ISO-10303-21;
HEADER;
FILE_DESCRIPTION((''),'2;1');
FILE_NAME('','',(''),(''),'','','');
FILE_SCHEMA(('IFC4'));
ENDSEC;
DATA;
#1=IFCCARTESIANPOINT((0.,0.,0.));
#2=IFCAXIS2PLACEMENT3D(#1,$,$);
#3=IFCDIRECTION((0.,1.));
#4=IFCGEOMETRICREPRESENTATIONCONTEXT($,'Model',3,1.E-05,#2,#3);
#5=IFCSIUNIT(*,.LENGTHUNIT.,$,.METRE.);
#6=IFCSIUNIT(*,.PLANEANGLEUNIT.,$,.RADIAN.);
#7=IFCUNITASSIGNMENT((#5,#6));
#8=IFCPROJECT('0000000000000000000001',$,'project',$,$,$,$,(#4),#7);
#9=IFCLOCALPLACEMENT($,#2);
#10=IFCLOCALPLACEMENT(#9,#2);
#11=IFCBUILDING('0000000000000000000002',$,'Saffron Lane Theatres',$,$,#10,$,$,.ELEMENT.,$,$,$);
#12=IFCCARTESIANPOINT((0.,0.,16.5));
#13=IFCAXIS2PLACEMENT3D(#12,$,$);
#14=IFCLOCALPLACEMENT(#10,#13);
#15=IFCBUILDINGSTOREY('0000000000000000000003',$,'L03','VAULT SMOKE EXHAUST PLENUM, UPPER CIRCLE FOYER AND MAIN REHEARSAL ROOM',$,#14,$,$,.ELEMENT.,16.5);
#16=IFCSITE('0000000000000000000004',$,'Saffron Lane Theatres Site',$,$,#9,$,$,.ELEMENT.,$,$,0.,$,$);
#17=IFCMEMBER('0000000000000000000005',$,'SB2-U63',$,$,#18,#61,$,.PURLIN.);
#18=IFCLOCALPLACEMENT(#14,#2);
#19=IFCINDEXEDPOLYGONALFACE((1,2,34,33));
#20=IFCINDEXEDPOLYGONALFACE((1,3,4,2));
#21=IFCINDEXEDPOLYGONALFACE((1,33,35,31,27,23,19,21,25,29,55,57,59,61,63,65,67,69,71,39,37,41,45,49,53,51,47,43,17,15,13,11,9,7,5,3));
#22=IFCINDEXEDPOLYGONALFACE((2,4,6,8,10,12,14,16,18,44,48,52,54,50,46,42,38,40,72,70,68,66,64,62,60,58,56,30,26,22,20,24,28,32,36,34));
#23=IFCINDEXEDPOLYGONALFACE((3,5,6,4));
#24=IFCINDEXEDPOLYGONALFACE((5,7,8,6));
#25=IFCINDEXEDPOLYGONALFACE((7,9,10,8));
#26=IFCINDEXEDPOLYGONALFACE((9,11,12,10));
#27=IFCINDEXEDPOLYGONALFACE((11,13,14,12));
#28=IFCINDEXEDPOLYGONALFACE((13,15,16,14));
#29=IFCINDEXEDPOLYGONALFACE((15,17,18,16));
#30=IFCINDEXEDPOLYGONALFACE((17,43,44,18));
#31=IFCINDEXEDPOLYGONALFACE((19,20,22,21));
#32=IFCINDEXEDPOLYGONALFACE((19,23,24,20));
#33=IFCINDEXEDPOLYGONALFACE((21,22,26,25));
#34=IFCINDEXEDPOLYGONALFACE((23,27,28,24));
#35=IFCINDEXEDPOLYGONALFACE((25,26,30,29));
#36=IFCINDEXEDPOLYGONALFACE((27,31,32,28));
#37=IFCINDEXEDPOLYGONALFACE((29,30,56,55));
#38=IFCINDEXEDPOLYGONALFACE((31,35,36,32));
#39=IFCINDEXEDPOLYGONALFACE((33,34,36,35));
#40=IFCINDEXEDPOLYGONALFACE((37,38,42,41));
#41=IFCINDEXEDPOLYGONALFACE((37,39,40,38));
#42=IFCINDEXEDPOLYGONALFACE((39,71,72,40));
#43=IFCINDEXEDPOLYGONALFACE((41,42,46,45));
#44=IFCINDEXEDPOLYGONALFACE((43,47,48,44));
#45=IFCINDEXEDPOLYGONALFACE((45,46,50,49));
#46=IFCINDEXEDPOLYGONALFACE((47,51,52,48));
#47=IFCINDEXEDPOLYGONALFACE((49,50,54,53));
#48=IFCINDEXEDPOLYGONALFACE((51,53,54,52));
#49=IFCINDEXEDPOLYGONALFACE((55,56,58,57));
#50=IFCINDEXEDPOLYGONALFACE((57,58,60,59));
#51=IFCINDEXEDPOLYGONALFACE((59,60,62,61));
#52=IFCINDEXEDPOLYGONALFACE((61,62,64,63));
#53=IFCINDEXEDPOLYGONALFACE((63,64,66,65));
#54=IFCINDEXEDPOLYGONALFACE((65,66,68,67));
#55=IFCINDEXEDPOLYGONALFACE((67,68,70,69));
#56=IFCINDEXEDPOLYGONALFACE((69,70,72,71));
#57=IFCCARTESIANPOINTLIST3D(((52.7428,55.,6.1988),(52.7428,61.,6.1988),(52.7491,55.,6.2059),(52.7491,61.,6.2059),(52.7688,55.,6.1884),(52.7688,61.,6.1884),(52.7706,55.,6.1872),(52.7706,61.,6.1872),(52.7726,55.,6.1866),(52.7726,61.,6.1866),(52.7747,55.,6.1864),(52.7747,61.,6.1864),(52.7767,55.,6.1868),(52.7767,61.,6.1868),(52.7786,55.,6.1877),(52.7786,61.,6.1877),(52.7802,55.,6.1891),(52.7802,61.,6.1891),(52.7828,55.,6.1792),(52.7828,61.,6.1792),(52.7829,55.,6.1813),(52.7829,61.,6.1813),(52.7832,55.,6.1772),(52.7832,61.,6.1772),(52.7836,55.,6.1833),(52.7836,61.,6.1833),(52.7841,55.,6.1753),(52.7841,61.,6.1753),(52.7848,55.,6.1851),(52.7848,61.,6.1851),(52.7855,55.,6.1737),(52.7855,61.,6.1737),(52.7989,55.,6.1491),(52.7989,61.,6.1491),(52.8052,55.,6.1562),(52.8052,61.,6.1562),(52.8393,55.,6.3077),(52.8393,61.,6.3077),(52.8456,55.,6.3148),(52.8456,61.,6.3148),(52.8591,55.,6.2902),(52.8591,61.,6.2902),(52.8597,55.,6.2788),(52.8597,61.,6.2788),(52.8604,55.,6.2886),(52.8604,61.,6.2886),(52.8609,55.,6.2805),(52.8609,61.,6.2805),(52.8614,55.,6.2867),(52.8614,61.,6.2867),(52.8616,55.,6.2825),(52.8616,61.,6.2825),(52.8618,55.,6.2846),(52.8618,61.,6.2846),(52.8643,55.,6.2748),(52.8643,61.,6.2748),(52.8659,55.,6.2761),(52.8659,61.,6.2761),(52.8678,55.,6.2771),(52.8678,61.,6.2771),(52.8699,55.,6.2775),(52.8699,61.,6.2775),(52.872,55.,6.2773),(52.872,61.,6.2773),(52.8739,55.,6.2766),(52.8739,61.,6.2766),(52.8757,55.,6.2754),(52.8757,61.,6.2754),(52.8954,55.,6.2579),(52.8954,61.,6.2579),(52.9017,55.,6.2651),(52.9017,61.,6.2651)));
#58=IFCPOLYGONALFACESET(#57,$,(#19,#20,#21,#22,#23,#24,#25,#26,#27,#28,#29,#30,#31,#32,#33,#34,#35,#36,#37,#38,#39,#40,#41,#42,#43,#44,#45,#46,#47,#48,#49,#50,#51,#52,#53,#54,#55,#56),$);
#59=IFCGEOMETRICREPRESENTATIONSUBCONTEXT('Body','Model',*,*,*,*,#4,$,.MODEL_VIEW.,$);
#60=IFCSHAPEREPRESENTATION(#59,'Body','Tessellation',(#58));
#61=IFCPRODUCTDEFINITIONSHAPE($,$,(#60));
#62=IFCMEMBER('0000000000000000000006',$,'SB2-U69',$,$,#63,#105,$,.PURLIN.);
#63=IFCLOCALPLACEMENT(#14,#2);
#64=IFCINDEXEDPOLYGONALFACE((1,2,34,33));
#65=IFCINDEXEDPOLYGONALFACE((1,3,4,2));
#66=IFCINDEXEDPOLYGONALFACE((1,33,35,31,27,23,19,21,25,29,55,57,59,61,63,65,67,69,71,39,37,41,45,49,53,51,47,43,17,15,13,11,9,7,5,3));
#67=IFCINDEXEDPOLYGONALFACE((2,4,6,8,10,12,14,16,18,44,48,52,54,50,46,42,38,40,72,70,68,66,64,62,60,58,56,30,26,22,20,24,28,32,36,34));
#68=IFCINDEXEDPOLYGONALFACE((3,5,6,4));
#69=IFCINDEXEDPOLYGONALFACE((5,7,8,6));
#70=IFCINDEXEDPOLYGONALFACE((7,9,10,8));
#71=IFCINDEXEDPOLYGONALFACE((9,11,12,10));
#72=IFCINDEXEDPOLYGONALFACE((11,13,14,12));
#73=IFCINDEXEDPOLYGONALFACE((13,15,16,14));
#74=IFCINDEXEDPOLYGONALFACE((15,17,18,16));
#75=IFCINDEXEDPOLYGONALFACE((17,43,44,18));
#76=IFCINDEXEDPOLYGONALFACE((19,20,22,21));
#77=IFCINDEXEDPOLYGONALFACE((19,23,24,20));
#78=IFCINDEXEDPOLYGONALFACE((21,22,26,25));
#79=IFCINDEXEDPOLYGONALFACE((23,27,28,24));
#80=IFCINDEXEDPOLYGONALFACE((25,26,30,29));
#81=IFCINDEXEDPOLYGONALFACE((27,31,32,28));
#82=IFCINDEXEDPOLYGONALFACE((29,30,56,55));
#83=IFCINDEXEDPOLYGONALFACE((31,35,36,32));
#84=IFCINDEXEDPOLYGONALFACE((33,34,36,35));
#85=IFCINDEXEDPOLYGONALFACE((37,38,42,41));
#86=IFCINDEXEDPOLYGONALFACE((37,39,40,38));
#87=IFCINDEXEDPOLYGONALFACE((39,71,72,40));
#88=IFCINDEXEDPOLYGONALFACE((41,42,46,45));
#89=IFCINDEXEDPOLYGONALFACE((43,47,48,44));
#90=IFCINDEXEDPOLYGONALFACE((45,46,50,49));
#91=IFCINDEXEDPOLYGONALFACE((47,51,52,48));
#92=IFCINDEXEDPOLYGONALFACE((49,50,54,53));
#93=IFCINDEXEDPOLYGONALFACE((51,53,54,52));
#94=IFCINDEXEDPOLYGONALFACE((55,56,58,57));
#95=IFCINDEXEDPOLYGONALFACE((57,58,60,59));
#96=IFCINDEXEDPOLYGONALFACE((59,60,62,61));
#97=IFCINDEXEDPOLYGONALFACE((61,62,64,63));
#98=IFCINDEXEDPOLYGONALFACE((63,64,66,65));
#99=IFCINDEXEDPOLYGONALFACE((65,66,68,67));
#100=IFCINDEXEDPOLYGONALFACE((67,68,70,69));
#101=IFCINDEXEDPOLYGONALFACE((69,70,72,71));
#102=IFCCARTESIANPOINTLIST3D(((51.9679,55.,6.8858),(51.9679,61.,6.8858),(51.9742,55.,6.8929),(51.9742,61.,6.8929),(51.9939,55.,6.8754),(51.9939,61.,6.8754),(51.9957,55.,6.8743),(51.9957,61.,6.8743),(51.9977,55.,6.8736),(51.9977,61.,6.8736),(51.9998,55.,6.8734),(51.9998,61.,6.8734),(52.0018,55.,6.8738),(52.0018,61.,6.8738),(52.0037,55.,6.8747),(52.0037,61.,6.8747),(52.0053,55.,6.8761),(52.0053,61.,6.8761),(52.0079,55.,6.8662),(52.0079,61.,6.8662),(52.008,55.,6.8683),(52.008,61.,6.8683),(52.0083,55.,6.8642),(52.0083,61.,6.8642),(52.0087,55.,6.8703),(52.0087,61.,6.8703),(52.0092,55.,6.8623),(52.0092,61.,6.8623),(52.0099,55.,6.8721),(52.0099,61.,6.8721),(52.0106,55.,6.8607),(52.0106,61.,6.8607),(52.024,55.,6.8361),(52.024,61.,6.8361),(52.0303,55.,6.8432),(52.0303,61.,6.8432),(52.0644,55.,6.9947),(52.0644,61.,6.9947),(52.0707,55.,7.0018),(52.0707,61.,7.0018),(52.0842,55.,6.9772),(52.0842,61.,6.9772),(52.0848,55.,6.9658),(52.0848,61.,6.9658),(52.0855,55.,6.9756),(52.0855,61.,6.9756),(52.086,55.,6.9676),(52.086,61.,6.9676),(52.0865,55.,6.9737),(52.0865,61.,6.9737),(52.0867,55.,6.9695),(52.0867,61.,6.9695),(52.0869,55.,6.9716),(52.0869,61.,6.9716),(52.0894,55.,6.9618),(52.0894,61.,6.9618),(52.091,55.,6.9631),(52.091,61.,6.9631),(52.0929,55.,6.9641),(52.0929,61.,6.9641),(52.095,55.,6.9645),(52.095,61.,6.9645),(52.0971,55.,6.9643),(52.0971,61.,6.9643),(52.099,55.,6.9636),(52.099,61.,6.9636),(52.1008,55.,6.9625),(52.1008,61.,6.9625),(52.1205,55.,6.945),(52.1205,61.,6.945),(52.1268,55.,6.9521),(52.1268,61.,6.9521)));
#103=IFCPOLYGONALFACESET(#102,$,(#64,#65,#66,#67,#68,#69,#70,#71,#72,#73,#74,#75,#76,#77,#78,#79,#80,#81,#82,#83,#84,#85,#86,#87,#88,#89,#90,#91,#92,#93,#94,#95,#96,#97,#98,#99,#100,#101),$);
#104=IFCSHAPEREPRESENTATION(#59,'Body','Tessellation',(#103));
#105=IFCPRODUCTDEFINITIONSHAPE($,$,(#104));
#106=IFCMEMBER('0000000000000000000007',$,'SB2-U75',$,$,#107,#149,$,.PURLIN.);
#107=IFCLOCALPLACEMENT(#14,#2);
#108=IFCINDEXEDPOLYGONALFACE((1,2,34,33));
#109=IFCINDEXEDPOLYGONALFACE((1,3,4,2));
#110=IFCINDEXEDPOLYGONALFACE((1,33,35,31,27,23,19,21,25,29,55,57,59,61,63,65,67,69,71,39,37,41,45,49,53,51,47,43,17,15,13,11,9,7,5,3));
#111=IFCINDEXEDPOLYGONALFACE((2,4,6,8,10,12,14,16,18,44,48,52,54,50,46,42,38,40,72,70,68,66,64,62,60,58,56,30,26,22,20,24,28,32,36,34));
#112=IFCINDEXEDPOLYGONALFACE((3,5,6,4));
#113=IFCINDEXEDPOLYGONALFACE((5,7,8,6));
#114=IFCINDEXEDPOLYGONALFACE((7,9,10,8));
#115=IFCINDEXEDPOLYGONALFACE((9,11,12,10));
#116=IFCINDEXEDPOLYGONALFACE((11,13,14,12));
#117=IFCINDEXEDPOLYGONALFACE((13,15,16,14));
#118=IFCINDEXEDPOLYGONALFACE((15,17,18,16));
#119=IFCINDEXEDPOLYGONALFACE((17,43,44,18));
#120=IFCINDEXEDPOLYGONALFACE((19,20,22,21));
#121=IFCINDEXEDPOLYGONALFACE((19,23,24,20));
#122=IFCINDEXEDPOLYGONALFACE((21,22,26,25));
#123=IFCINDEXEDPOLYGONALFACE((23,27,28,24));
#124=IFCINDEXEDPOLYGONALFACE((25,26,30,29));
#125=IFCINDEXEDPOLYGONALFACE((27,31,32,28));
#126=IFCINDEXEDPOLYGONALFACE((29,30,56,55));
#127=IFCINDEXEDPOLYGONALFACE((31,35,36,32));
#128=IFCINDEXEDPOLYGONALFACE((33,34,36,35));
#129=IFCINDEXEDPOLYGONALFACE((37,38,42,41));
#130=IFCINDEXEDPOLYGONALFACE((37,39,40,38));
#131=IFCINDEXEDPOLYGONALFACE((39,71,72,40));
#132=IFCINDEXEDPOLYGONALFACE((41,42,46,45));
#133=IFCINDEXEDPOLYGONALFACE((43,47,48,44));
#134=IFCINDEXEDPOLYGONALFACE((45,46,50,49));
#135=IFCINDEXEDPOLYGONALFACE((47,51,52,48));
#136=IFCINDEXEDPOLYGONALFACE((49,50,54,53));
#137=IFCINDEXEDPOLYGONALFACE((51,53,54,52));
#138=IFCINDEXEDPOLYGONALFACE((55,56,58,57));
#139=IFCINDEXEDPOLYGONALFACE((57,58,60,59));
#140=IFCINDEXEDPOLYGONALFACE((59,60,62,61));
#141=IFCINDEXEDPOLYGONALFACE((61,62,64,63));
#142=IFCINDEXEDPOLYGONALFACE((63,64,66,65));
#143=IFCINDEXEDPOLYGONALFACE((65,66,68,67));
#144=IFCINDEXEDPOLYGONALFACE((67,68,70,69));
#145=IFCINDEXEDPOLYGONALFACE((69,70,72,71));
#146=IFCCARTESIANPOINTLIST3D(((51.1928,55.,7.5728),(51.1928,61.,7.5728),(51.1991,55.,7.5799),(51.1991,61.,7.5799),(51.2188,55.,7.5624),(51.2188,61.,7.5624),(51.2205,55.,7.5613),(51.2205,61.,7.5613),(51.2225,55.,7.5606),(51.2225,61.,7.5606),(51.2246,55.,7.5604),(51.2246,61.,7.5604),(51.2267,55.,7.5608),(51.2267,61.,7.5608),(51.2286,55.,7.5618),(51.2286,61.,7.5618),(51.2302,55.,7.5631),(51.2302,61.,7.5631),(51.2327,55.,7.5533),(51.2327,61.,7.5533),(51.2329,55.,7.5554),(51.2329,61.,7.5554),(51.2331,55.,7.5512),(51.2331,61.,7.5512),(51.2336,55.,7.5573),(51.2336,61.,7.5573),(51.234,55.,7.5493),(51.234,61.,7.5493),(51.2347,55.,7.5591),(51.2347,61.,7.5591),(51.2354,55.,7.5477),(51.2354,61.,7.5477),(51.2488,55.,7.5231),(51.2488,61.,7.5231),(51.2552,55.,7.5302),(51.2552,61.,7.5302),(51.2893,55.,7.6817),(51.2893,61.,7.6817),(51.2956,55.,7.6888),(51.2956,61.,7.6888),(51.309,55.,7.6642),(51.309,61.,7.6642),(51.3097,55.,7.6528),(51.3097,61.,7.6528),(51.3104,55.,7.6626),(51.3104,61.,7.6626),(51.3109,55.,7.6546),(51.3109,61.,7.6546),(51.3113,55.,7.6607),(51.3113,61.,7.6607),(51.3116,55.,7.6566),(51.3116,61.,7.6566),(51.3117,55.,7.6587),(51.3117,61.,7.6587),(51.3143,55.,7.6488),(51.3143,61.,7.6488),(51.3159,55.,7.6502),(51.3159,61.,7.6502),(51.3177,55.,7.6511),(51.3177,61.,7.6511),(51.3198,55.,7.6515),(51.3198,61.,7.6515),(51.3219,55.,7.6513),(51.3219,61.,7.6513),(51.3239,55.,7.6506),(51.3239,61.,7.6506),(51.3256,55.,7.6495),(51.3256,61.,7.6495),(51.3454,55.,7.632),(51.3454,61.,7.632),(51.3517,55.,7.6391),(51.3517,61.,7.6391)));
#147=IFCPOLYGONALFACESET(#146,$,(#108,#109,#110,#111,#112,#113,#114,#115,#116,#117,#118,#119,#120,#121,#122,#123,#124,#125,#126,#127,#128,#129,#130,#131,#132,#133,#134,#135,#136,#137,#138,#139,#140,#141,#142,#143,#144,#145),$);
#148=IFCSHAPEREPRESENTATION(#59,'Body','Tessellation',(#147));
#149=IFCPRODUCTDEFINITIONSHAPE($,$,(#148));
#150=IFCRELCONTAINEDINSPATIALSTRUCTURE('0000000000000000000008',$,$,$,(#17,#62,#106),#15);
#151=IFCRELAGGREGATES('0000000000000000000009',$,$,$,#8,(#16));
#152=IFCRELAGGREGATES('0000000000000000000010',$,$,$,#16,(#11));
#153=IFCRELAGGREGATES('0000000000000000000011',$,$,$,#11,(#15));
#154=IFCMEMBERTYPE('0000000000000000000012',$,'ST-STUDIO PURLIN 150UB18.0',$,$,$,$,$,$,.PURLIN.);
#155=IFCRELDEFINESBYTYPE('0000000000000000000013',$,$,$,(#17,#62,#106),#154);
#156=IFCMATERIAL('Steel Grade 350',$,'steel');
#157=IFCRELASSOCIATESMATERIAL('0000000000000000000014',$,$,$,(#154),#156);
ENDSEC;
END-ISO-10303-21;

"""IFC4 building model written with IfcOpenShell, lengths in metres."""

from ifc_helpers import new_model, si_unit, direction, frame, origin, origin_2d, place, context, subcontext, project, spatial, i_section, extrude, material, material_profile, profile_set, type_object, element, save


model = new_model("IFC4")

# Units and contexts
model_context = context("Model", 3, precision=1e-05, world=origin(), true_north=direction((0.0, 1.0)))
body_context = subcontext(model_context, "Body", "Model", "MODEL_VIEW")
ifc_project = project(units=[si_unit("LENGTHUNIT", "METRE"), si_unit("PLANEANGLEUNIT", "RADIAN")], contexts=[model_context])

# Site, building, storey
site_placement = place(None, origin())
site = spatial("IfcSite", under=ifc_project, at=site_placement, Name="Saffron Lane Theatres Site", CompositionType="ELEMENT", RefElevation=0.0)
building_placement = place(site_placement, origin())
building = spatial("IfcBuilding", under=site, at=building_placement, Name="Saffron Lane Theatres", CompositionType="ELEMENT")
storey_placement = place(building_placement, frame((0.0, 0.0, 16.5)))
storey = spatial("IfcBuildingStorey", under=building, at=storey_placement, Name="L03", Description="VAULT SMOKE EXHAUST PLENUM, UPPER CIRCLE FOYER AND MAIN REHEARSAL ROOM", CompositionType="ELEMENT", Elevation=16.5)

# Members
ifc_material_1 = material(Name="Steel Grade 350", Category="steel")
ifc_material_profile_1 = material_profile(ifc_material_1, i_section(OverallWidth=0.075, OverallDepth=0.155, WebThickness=0.0061, FlangeThickness=0.0095, FilletRadius=0.0081, at=origin_2d()))
ifc_profile_set_1 = profile_set([ifc_material_profile_1], Name="Steel Grade 350")
member_type_1 = type_object("IfcMemberType", Name="ST-STUDIO PURLIN 150UB18.0", PredefinedType="PURLIN", material=ifc_profile_set_1)
for number, where, z_axis, x_axis, name in (
    (1, (52.8223, 55.0, 6.2319), (0.0, 1.0, 0.0), (-0.748269, 0.0, 0.663396), "SB2-U63"),
    (2, (52.0474, 55.0, 6.9189), (0.0, 1.0, 0.0), (-0.748269, 0.0, 0.663396), "SB2-U69"),
    (3, (51.2722, 55.0, 7.606), (0.0, 1.0, 0.0), (-0.748269, 0.0, 0.663396), "SB2-U75"),
):
    element("IfcMember", number, at=place(storey_placement, frame(where, z_axis=z_axis, x_axis=x_axis)), inside=storey, type_object=member_type_1, Name=name, PredefinedType="PURLIN", context=body_context, shape_type="SweptSolid", body=[
        extrude(i_section(OverallWidth=0.075, OverallDepth=0.155, WebThickness=0.0061, FlangeThickness=0.0095, FilletRadius=0.0081, at=origin_2d()), origin(), (0.0, 0.0, 1.0), 6.0),
    ])

save(model, "model.ifc")
